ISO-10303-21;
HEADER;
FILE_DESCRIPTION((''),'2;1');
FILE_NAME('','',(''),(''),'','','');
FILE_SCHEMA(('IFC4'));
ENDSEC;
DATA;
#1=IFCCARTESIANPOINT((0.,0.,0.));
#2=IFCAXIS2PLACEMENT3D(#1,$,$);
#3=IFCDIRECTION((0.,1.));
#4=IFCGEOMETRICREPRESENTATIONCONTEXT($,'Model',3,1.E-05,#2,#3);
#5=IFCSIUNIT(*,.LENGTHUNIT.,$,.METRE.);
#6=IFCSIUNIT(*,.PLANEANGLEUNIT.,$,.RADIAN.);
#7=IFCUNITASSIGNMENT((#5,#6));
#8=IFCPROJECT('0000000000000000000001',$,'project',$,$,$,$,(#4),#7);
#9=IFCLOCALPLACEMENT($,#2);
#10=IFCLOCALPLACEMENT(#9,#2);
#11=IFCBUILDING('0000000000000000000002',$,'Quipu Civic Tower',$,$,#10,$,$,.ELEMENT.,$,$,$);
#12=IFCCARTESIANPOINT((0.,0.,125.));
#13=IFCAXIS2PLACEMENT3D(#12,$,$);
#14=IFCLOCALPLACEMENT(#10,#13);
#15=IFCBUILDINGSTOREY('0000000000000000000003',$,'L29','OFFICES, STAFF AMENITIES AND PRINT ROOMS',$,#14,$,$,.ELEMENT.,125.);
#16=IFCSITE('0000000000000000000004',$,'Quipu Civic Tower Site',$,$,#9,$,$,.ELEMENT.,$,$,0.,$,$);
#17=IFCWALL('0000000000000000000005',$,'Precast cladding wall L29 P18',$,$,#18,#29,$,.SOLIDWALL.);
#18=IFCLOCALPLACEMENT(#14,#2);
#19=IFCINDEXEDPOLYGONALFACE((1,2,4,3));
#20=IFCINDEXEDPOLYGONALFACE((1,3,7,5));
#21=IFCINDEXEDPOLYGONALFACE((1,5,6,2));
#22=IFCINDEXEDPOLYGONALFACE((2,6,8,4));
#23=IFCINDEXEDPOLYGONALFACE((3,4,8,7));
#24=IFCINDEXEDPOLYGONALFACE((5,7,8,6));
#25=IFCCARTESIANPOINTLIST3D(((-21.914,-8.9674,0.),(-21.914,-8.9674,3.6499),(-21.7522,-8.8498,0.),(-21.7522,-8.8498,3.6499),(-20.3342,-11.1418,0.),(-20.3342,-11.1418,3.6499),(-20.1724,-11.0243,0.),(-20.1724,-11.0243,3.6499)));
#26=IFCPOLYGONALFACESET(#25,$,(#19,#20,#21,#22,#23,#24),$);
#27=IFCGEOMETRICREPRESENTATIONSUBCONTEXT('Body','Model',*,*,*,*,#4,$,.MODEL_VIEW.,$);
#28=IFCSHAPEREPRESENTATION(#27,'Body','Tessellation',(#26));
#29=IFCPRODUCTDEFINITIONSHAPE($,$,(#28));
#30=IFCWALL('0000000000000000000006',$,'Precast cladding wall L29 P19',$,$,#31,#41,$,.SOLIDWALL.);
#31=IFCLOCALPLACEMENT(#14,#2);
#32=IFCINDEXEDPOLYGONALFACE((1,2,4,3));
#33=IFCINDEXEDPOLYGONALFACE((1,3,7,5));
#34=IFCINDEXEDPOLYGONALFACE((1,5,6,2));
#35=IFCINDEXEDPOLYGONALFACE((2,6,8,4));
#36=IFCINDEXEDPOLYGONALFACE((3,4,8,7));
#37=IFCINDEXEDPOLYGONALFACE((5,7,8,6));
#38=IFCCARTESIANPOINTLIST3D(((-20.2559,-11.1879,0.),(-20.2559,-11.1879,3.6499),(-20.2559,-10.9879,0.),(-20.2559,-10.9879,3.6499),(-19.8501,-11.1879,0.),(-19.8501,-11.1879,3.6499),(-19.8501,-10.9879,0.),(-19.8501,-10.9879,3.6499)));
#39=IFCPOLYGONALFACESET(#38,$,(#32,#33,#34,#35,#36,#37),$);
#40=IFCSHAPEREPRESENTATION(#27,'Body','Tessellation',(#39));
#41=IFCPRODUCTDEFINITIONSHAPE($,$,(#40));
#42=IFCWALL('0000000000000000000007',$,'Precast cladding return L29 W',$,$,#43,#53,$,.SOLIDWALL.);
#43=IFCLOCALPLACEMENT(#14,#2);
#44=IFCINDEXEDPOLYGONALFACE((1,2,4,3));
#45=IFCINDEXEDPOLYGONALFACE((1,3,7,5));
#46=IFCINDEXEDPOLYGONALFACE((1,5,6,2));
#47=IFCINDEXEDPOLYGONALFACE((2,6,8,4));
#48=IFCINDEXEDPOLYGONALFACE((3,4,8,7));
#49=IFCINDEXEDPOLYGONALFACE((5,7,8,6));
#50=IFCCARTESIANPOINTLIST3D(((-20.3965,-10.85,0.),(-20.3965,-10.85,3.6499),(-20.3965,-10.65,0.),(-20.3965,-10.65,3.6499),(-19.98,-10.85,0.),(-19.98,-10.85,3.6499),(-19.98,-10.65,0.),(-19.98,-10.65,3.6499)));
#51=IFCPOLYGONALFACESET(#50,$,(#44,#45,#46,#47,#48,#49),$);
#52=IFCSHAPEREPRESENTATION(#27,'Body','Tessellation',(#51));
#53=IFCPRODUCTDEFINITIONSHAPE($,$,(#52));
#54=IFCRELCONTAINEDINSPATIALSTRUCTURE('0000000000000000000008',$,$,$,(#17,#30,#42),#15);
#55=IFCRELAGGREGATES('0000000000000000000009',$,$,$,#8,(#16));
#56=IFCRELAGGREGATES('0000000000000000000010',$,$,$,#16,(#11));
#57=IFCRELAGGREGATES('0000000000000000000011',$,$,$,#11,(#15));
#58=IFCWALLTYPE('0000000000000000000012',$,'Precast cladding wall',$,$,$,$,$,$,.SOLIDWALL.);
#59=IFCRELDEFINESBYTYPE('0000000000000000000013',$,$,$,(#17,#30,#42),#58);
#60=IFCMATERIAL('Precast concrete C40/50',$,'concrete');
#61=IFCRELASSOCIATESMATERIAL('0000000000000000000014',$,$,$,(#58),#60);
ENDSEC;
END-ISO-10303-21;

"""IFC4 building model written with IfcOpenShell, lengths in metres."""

from ifc_helpers import new_model, si_unit, direction, frame, frame_2d, origin, place, context, subcontext, project, spatial, rectangle, extrude, material, type_object, element, save


model = new_model("IFC4")

# Units and contexts
model_context = context("Model", 3, precision=1e-05, world=origin(), true_north=direction((0.0, 1.0)))
body_context = subcontext(model_context, "Body", "Model", "MODEL_VIEW")
ifc_project = project(units=[si_unit("LENGTHUNIT", "METRE"), si_unit("PLANEANGLEUNIT", "RADIAN")], contexts=[model_context])

# Site, building, storey
site_placement = place(None, origin())
site = spatial("IfcSite", under=ifc_project, at=site_placement, Name="Quipu Civic Tower Site", CompositionType="ELEMENT", RefElevation=0.0)
building_placement = place(site_placement, origin())
building = spatial("IfcBuilding", under=site, at=building_placement, Name="Quipu Civic Tower", CompositionType="ELEMENT")
storey_placement = place(building_placement, frame((0.0, 0.0, 125.0)))
storey = spatial("IfcBuildingStorey", under=building, at=storey_placement, Name="L29", Description="OFFICES, STAFF AMENITIES AND PRINT ROOMS", CompositionType="ELEMENT", Elevation=125.0)

# Walls
ifc_material_1 = material(Name="Precast concrete C40/50", Category="concrete")
wall_type_1 = type_object("IfcWallType", Name="Precast cladding wall", PredefinedType="SOLIDWALL", material=ifc_material_1)
wall_1_placement = place(storey_placement, frame((-21.833, -8.9087, 0.0), z_axis=(0.0, 0.0, 1.0), x_axis=(0.587767, -0.809031, 0.0)))
element("IfcWall", 1, at=wall_1_placement, inside=storey, type_object=wall_type_1, Name="Precast cladding wall L29 P18", PredefinedType="SOLIDWALL", context=body_context, shape_type="SweptSolid", body=[
    extrude(rectangle(XDim=2.6877, YDim=0.2, at=frame_2d((1.3438, 0.0))), origin(), (0.0, 0.0, 1.0), 3.6499),
])
wall_2_placement = place(storey_placement, frame((-20.2559, -11.0879, 0.0), z_axis=(0.0, 0.0, 1.0), x_axis=(1.0, 0.0, 0.0)))
element("IfcWall", 2, at=wall_2_placement, inside=storey, type_object=wall_type_1, Name="Precast cladding wall L29 P19", PredefinedType="SOLIDWALL", context=body_context, shape_type="SweptSolid", body=[
    extrude(rectangle(XDim=0.4058, YDim=0.2, at=frame_2d((0.2029, 0.0))), origin(), (0.0, 0.0, 1.0), 3.6499),
])
wall_3_placement = place(storey_placement, frame((-19.98, -10.75, 0.0), z_axis=(0.0, 0.0, 1.0), x_axis=(-1.0, 0.0, 0.0)))
element("IfcWall", 3, at=wall_3_placement, inside=storey, type_object=wall_type_1, Name="Precast cladding return L29 W", PredefinedType="SOLIDWALL", context=body_context, shape_type="SweptSolid", body=[
    extrude(rectangle(XDim=0.4165, YDim=0.2, at=frame_2d((0.2083, 0.0))), origin(), (0.0, 0.0, 1.0), 3.6499),
])

save(model, "model.ifc")
